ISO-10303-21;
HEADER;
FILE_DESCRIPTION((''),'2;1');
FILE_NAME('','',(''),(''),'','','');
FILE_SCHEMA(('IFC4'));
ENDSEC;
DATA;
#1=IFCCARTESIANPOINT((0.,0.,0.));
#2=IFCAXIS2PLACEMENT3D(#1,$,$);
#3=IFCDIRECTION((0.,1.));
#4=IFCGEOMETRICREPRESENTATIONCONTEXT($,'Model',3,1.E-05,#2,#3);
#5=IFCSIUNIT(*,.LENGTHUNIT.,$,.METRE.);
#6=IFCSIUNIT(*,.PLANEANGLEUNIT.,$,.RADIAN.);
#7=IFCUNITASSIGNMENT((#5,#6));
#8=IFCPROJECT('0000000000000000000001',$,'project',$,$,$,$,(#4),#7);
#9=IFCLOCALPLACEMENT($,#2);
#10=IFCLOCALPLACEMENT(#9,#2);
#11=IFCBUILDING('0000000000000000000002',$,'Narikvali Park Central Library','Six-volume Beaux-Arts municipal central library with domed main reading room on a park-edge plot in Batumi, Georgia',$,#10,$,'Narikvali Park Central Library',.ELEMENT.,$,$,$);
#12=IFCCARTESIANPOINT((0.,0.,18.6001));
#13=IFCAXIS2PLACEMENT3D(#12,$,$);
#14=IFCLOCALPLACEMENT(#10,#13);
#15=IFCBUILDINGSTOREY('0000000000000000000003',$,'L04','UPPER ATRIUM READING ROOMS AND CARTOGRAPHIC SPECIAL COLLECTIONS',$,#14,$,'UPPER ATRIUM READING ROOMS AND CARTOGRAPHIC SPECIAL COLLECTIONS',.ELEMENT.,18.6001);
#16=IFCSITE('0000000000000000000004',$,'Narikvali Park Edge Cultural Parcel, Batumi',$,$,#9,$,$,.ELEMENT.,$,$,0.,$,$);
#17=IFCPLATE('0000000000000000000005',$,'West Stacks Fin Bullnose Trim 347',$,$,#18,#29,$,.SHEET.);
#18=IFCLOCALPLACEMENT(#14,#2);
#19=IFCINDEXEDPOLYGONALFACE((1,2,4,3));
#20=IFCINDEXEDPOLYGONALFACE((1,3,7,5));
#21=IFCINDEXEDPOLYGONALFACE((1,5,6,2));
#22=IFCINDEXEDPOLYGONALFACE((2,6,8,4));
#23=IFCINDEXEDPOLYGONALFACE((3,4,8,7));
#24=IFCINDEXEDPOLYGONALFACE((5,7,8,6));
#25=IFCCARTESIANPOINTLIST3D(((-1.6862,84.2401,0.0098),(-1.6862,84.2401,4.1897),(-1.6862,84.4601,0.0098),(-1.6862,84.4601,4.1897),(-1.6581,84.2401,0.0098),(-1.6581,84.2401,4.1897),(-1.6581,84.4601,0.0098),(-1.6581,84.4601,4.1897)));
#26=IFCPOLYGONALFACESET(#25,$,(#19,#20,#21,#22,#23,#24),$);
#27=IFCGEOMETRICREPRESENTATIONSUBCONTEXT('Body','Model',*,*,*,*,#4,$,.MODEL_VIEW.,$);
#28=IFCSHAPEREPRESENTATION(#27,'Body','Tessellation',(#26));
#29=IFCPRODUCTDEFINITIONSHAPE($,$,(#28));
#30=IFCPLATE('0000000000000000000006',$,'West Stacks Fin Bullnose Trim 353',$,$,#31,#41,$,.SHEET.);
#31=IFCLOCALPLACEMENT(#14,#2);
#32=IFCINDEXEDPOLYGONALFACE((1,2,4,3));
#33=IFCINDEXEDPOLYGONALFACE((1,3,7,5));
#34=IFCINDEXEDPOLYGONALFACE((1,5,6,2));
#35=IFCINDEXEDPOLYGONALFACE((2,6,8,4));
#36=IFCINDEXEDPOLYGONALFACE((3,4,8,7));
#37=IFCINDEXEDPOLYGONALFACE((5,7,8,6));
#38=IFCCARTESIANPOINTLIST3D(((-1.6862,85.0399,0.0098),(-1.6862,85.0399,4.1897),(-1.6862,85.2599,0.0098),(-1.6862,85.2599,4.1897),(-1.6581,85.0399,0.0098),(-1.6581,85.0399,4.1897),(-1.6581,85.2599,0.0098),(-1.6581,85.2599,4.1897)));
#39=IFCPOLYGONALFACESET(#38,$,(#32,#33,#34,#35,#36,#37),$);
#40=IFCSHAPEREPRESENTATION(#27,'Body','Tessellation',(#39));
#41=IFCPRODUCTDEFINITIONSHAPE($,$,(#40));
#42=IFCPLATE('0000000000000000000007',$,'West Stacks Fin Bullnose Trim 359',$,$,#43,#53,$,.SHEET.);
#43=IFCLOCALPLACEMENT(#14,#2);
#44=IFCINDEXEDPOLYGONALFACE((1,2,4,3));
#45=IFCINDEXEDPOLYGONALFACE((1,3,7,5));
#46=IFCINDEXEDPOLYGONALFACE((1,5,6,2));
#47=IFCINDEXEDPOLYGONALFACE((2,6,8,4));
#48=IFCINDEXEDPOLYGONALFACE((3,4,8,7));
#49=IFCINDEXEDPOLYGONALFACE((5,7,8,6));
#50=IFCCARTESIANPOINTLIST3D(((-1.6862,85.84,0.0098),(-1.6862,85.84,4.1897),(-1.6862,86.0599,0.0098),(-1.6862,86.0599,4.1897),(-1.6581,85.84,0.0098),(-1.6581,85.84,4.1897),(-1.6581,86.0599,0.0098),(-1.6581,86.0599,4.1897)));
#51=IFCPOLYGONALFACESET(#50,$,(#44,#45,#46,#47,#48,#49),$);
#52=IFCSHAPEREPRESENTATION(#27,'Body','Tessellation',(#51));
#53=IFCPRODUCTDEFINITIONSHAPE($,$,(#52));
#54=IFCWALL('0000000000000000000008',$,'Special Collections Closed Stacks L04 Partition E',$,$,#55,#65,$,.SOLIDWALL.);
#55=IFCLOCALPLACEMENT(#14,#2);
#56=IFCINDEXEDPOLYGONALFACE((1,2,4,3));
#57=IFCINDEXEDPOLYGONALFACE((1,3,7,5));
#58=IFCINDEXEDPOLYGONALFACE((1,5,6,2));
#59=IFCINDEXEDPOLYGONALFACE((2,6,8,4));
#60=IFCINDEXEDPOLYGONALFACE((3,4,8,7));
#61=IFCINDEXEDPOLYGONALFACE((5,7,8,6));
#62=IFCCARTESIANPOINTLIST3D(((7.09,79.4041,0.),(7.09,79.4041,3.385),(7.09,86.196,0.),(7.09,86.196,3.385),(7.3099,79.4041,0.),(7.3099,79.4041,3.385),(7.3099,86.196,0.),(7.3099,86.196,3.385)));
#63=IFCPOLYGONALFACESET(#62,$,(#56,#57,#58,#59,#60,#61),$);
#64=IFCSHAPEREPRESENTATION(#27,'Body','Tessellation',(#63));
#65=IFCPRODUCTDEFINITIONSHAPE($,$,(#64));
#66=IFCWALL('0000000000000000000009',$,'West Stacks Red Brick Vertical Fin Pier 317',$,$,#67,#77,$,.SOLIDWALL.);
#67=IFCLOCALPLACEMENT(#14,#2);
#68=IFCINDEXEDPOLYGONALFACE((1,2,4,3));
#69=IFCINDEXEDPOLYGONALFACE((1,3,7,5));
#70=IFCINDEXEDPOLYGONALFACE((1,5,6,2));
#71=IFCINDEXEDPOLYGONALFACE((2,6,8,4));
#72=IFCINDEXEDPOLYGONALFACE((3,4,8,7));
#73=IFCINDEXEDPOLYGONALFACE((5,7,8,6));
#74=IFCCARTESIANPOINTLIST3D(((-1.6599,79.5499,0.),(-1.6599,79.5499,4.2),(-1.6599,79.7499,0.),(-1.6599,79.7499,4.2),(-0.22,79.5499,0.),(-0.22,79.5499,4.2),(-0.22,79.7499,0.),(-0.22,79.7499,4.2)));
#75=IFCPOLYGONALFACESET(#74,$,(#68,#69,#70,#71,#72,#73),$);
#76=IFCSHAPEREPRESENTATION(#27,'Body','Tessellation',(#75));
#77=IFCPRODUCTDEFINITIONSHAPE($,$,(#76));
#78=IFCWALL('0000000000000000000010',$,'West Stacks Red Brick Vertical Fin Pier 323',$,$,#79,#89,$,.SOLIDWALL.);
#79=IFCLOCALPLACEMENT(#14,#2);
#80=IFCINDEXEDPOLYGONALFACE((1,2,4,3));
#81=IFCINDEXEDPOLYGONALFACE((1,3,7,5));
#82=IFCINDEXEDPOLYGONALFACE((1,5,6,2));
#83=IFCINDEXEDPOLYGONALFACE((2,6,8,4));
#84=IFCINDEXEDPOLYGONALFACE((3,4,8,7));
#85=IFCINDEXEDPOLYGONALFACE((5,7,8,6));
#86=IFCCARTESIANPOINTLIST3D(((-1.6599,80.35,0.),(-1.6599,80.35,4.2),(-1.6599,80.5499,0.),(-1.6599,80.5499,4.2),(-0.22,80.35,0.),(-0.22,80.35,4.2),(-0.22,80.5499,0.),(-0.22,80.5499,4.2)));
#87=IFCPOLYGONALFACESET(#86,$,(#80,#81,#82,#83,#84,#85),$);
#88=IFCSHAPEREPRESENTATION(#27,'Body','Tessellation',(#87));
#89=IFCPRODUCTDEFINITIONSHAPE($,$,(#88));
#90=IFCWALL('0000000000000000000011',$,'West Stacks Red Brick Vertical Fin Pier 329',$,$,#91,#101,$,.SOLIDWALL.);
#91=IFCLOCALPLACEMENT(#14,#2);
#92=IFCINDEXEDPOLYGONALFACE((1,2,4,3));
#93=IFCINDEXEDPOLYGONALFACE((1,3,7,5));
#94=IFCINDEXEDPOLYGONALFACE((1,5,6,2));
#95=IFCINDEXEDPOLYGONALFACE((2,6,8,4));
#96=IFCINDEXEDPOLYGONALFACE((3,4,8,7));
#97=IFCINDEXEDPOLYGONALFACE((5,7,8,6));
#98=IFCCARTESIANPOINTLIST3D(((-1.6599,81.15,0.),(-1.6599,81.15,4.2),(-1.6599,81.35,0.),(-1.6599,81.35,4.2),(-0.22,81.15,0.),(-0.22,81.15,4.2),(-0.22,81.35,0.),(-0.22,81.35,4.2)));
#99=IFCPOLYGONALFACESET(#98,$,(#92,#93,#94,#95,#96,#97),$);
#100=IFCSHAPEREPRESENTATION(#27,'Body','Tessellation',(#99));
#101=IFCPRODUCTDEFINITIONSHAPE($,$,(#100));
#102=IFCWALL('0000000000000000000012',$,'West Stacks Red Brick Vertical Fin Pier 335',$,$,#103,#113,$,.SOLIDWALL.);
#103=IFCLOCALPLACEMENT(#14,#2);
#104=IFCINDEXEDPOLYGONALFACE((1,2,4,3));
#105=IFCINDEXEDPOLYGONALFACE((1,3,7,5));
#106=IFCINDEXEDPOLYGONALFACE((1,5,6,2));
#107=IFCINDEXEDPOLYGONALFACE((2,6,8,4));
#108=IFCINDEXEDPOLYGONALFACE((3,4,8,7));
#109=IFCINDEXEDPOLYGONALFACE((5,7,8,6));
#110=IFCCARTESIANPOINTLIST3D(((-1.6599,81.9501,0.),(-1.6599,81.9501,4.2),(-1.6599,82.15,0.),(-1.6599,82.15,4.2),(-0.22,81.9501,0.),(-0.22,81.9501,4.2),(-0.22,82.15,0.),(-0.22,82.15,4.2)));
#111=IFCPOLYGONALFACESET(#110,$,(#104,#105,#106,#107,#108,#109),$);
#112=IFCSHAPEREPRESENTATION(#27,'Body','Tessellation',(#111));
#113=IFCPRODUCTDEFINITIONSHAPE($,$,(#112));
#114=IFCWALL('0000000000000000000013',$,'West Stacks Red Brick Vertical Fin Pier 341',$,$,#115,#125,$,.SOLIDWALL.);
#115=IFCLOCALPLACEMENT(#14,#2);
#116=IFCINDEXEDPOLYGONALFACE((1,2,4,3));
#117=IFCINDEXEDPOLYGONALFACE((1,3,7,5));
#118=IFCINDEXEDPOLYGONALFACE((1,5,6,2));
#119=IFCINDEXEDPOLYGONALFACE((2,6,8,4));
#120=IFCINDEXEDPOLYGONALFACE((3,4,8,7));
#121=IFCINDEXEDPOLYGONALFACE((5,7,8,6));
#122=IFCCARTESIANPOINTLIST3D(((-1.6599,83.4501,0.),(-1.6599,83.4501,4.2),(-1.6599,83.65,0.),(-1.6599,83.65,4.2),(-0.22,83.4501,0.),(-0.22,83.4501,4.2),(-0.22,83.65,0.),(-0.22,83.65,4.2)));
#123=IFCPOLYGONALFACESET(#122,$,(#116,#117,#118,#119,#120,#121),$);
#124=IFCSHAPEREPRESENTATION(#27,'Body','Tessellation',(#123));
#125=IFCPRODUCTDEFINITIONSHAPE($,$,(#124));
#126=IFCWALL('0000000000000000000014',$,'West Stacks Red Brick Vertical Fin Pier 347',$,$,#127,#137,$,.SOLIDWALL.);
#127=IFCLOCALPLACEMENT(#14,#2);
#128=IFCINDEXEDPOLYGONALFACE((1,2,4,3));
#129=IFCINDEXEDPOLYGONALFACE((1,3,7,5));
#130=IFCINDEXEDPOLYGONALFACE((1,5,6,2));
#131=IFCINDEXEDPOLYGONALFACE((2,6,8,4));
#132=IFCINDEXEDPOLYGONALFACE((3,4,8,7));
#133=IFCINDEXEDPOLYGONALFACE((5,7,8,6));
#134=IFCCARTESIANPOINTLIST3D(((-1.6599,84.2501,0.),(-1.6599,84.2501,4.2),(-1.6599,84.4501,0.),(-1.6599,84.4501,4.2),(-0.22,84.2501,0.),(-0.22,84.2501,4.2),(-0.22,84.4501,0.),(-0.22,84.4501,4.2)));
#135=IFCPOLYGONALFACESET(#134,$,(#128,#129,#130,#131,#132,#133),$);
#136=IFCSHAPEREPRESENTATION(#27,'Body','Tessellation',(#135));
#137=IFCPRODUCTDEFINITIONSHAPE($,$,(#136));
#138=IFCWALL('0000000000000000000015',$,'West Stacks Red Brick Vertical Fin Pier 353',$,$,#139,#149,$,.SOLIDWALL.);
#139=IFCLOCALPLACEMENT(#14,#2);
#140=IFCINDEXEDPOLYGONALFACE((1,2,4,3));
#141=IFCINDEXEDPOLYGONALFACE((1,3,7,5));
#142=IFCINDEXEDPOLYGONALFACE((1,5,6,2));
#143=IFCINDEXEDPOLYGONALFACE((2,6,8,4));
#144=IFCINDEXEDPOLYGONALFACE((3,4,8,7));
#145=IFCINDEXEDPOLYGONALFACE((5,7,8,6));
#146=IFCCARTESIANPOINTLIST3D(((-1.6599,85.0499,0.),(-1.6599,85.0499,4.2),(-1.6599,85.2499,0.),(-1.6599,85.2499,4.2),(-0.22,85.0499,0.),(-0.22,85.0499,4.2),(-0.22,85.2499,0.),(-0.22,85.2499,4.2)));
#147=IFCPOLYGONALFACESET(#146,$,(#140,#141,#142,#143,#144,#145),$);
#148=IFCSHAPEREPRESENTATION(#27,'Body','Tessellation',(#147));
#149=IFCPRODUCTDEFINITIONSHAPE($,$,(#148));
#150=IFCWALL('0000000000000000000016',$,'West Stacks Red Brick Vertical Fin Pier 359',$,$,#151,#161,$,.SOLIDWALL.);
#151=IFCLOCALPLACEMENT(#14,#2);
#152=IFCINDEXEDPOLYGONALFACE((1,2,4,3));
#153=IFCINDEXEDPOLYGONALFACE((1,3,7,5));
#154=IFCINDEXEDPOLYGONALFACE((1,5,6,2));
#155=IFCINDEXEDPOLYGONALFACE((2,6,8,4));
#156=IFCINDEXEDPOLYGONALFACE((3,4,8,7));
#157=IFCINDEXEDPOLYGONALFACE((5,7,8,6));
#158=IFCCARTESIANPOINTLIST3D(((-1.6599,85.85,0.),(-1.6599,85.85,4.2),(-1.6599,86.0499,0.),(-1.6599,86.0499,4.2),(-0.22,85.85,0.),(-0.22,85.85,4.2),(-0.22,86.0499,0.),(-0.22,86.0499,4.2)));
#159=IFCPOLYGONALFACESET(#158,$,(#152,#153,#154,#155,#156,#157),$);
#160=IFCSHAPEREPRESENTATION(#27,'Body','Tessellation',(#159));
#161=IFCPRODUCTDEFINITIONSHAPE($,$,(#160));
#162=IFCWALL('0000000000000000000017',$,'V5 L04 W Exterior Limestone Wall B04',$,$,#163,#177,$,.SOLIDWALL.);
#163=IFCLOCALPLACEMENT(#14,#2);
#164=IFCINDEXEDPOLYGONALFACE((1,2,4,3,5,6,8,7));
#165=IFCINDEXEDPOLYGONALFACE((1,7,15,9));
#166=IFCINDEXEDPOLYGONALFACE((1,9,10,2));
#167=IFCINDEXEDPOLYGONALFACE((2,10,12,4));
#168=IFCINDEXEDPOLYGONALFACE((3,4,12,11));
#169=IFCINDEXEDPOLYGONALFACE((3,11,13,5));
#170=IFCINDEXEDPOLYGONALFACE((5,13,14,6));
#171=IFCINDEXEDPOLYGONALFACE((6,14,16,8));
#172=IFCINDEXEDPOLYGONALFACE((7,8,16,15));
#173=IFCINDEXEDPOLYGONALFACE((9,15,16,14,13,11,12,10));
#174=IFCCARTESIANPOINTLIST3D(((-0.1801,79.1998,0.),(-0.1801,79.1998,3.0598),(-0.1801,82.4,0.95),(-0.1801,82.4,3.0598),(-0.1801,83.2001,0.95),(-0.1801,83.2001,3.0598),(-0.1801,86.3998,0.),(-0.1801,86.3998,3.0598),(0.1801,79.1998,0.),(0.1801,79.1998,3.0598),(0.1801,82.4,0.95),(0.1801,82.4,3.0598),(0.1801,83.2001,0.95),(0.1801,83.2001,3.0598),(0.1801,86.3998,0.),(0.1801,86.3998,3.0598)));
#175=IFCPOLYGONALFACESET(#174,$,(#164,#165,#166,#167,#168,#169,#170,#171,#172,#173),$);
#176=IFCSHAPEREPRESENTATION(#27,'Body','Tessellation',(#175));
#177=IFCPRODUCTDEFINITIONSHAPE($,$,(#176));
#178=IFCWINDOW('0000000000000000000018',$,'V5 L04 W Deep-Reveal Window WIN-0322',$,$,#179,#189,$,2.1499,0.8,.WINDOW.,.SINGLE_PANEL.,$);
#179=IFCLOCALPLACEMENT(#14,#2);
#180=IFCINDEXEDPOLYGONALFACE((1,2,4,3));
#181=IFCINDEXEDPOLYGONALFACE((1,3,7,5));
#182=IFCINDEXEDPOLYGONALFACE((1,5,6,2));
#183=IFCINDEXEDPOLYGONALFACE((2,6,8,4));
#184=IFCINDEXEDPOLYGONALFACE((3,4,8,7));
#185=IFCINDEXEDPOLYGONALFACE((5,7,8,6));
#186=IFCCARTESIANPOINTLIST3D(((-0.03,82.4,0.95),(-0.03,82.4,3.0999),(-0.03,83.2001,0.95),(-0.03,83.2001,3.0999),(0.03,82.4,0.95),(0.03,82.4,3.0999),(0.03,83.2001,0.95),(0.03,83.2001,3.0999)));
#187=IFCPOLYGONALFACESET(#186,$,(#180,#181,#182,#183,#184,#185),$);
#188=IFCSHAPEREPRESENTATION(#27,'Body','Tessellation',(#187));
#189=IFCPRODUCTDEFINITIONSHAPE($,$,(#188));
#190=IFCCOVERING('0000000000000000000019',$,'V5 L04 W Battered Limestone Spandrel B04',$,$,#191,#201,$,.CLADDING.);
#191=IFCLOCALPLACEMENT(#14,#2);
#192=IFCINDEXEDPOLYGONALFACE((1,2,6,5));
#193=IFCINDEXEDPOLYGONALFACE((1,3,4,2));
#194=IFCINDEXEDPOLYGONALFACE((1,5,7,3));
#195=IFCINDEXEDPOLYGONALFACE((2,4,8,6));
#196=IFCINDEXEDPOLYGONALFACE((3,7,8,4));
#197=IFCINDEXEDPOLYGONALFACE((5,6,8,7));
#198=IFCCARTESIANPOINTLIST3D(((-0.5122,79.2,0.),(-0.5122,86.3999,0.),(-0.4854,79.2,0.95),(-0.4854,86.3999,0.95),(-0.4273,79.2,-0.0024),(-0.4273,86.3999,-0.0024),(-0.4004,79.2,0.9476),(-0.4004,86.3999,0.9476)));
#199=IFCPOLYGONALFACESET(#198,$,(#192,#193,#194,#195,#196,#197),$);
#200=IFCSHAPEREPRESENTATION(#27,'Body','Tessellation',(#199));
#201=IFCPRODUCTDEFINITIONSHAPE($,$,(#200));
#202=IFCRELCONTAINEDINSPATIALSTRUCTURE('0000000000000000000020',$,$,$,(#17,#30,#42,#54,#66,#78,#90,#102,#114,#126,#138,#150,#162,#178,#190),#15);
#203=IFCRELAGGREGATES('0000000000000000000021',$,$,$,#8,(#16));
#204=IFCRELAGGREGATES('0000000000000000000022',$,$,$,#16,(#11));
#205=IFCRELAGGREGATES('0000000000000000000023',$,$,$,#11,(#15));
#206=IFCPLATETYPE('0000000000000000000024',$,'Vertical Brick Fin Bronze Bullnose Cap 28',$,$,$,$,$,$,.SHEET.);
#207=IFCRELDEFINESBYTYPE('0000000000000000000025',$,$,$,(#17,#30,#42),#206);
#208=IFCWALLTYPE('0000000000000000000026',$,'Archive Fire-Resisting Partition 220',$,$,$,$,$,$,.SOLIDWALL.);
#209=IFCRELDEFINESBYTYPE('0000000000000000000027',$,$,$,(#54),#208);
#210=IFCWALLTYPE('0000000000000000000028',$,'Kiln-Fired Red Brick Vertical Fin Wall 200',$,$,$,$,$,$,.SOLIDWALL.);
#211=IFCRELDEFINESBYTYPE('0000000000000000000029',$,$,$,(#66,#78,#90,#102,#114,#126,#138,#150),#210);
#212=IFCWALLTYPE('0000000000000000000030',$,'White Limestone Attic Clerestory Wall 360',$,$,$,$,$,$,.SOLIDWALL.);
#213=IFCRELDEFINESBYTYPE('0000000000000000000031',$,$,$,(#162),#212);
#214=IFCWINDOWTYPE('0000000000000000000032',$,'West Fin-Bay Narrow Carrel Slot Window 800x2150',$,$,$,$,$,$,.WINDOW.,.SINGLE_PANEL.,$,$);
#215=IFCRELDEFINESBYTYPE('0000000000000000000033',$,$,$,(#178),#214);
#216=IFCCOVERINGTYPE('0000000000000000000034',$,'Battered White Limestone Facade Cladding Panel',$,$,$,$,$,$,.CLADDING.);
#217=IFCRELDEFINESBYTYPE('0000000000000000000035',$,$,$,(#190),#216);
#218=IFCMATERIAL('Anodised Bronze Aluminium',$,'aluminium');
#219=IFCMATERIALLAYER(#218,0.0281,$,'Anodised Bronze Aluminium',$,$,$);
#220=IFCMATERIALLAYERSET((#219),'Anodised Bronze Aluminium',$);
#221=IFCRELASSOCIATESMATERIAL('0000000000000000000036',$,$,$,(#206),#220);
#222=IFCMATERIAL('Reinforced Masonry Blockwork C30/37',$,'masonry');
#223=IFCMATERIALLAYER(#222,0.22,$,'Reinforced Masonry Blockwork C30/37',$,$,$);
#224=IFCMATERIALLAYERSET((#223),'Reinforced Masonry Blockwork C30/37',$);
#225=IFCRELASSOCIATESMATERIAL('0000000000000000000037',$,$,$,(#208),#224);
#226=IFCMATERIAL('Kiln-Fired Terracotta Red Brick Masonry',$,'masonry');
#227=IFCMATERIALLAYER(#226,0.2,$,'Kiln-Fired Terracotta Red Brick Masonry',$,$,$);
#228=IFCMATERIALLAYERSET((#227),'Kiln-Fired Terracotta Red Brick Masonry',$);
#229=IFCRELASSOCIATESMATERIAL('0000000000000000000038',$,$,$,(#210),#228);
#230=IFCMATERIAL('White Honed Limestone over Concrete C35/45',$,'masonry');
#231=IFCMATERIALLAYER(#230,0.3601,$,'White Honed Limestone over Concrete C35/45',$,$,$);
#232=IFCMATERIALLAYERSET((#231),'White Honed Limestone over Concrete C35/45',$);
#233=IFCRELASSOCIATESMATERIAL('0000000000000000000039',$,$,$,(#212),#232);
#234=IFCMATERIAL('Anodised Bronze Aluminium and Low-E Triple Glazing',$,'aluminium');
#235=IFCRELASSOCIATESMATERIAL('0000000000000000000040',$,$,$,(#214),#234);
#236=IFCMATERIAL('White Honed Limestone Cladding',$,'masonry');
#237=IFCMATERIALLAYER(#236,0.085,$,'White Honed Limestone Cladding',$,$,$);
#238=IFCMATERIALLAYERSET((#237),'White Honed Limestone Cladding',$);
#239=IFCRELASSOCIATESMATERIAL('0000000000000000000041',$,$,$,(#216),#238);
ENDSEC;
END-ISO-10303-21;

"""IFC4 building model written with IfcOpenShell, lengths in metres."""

from ifc_helpers import new_model, si_unit, direction, frame, frame_2d, origin, origin_2d, place, context, subcontext, project, spatial, polyline, rectangle, outline, extrude, material, layer, layer_set, type_object, element, fill, save


model = new_model("IFC4")

# Units and contexts
model_context = context("Model", 3, precision=1e-05, world=origin(), true_north=direction((0.0, 1.0)))
body_context = subcontext(model_context, "Body", "Model", "MODEL_VIEW")
ifc_project = project(units=[si_unit("LENGTHUNIT", "METRE"), si_unit("PLANEANGLEUNIT", "RADIAN")], contexts=[model_context])

# Site, building, storey
site_placement = place(None, origin())
site = spatial("IfcSite", under=ifc_project, at=site_placement, Name="Narikvali Park Edge Cultural Parcel, Batumi", CompositionType="ELEMENT", RefElevation=0.0)
building_placement = place(site_placement, origin())
building = spatial("IfcBuilding", under=site, at=building_placement, Name="Narikvali Park Central Library", Description="Six-volume Beaux-Arts municipal central library with domed main reading room on a park-edge plot in Batumi, Georgia", LongName="Narikvali Park Central Library", CompositionType="ELEMENT")
storey_placement = place(building_placement, frame((0.0, 0.0, 18.6001)))
storey = spatial("IfcBuildingStorey", under=building, at=storey_placement, Name="L04", Description="UPPER ATRIUM READING ROOMS AND CARTOGRAPHIC SPECIAL COLLECTIONS", LongName="UPPER ATRIUM READING ROOMS AND CARTOGRAPHIC SPECIAL COLLECTIONS", CompositionType="ELEMENT", Elevation=18.6001)

# Plates
ifc_material_1 = material(Name="Anodised Bronze Aluminium", Category="aluminium")
ifc_layer_1 = layer(ifc_material_1, 0.0281, Name="Anodised Bronze Aluminium")
ifc_layer_set_1 = layer_set([ifc_layer_1], Name="Anodised Bronze Aluminium")
plate_type = type_object("IfcPlateType", Name="Vertical Brick Fin Bronze Bullnose Cap 28", PredefinedType="SHEET", material=ifc_layer_set_1)
for number, where, z_axis, x_axis, name in (
    (1, (-1.6721, 84.3501, 0.0098), (0.0, 0.0, 1.0), (1.0, 0.0, 0.0), "West Stacks Fin Bullnose Trim 347"),
    (2, (-1.6721, 85.1499, 0.0098), (0.0, 0.0, 1.0), (1.0, 0.0, 0.0), "West Stacks Fin Bullnose Trim 353"),
    (3, (-1.6721, 85.95, 0.0098), (0.0, 0.0, 1.0), (1.0, 0.0, 0.0), "West Stacks Fin Bullnose Trim 359"),
):
    element("IfcPlate", number, at=place(storey_placement, frame(where, z_axis=z_axis, x_axis=x_axis)), inside=storey, type_object=plate_type, Name=name, PredefinedType="SHEET", context=body_context, shape_type="SweptSolid", body=[
        extrude(rectangle(XDim=0.0281, YDim=0.22, at=origin_2d()), origin(), (0.0, 0.0, 1.0), 4.1799),
    ])

# Walls
ifc_material_2 = material(Name="Reinforced Masonry Blockwork C30/37", Category="masonry")
ifc_layer_2 = layer(ifc_material_2, 0.22, Name="Reinforced Masonry Blockwork C30/37")
ifc_layer_set_2 = layer_set([ifc_layer_2], Name="Reinforced Masonry Blockwork C30/37")
wall_type_1 = type_object("IfcWallType", Name="Archive Fire-Resisting Partition 220", PredefinedType="SOLIDWALL", material=ifc_layer_set_2)
wall_1_placement = place(storey_placement, frame((7.2, 79.4041, 0.0), z_axis=(0.0, 0.0, 1.0), x_axis=(0.0, 1.0, 0.0)))
element("IfcWall", 4, at=wall_1_placement, inside=storey, type_object=wall_type_1, Name="Special Collections Closed Stacks L04 Partition E", PredefinedType="SOLIDWALL", context=body_context, shape_type="SweptSolid", body=[
    extrude(rectangle(XDim=6.792, YDim=0.22, at=frame_2d((3.396, 0.0))), origin(), (0.0, 0.0, 1.0), 3.385),
])
ifc_material_3 = material(Name="Kiln-Fired Terracotta Red Brick Masonry", Category="masonry")
ifc_layer_3 = layer(ifc_material_3, 0.2, Name="Kiln-Fired Terracotta Red Brick Masonry")
ifc_layer_set_3 = layer_set([ifc_layer_3], Name="Kiln-Fired Terracotta Red Brick Masonry")
wall_type_2 = type_object("IfcWallType", Name="Kiln-Fired Red Brick Vertical Fin Wall 200", PredefinedType="SOLIDWALL", material=ifc_layer_set_3)
for number, where, z_axis, x_axis, name in (
    (5, (-1.6599, 79.6499, 0.0), (0.0, 0.0, 1.0), (1.0, 0.0, 0.0), "West Stacks Red Brick Vertical Fin Pier 317"),
    (6, (-1.6599, 80.45, 0.0), (0.0, 0.0, 1.0), (1.0, 0.0, 0.0), "West Stacks Red Brick Vertical Fin Pier 323"),
    (7, (-1.6599, 81.25, 0.0), (0.0, 0.0, 1.0), (1.0, 0.0, 0.0), "West Stacks Red Brick Vertical Fin Pier 329"),
    (8, (-1.6599, 82.05, 0.0), (0.0, 0.0, 1.0), (1.0, 0.0, 0.0), "West Stacks Red Brick Vertical Fin Pier 335"),
    (9, (-1.6599, 83.55, 0.0), (0.0, 0.0, 1.0), (1.0, 0.0, 0.0), "West Stacks Red Brick Vertical Fin Pier 341"),
    (10, (-1.6599, 84.3501, 0.0), (0.0, 0.0, 1.0), (1.0, 0.0, 0.0), "West Stacks Red Brick Vertical Fin Pier 347"),
    (11, (-1.6599, 85.1499, 0.0), (0.0, 0.0, 1.0), (1.0, 0.0, 0.0), "West Stacks Red Brick Vertical Fin Pier 353"),
    (12, (-1.6599, 85.95, 0.0), (0.0, 0.0, 1.0), (1.0, 0.0, 0.0), "West Stacks Red Brick Vertical Fin Pier 359"),
):
    element("IfcWall", number, at=place(storey_placement, frame(where, z_axis=z_axis, x_axis=x_axis)), inside=storey, type_object=wall_type_2, Name=name, PredefinedType="SOLIDWALL", context=body_context, shape_type="SweptSolid", body=[
        extrude(rectangle(XDim=1.4399, YDim=0.2, at=frame_2d((0.72, 0.0))), origin(), (0.0, 0.0, 1.0), 4.2),
    ])

# Wall, opening, window
ifc_material_4 = material(Name="White Honed Limestone over Concrete C35/45", Category="masonry")
ifc_layer_4 = layer(ifc_material_4, 0.3601, Name="White Honed Limestone over Concrete C35/45")
ifc_layer_set_4 = layer_set([ifc_layer_4], Name="White Honed Limestone over Concrete C35/45")
wall_type_3 = type_object("IfcWallType", Name="White Limestone Attic Clerestory Wall 360", PredefinedType="SOLIDWALL", material=ifc_layer_set_4)
wall_2_placement = place(storey_placement, frame((0.0, 86.3999, 0.0), z_axis=(0.0, 0.0, 1.0), x_axis=(0.0, -1.0, 0.0)))
wall_2 = element("IfcWall", 13, at=wall_2_placement, inside=storey, type_object=wall_type_3, Name="V5 L04 W Exterior Limestone Wall B04", PredefinedType="SOLIDWALL", context=body_context, shape_type="SweptSolid", body=[
    extrude(rectangle(XDim=7.2, YDim=0.3601, at=frame_2d((3.6001, 0.0))), origin(), (0.0, 0.0, 1.0), 3.0598),
])
opening_placement = place(wall_2_placement, frame((3.2, 0.0, 0.95)))
opening = element("IfcOpeningElement", 14, at=opening_placement, cuts=wall_2, PredefinedType="OPENING", context=body_context, shape_type="SweptSolid", body=[
    extrude(rectangle(XDim=0.8, YDim=2.1499, at=frame_2d((0.3999, 1.075))), frame((0.0, 0.1919, 0.0), z_axis=(0.0, -1.0, 0.0), x_axis=(1.0, 0.0, 0.0)), (0.0, 0.0, 1.0), 0.384),
])
ifc_material_5 = material(Name="Anodised Bronze Aluminium and Low-E Triple Glazing", Category="aluminium")
window_type = type_object("IfcWindowType", Name="West Fin-Bay Narrow Carrel Slot Window 800x2150", PartitioningType="SINGLE_PANEL", PredefinedType="WINDOW", material=ifc_material_5)
window_placement = place(opening_placement, origin())
window = element("IfcWindow", 15, at=window_placement, inside=storey, type_object=window_type, Name="V5 L04 W Deep-Reveal Window WIN-0322", OverallHeight=2.1499, OverallWidth=0.8, PartitioningType="SINGLE_PANEL", PredefinedType="WINDOW", context=body_context, shape_type="SweptSolid", body=[
    extrude(rectangle(XDim=0.8, YDim=2.1499, at=frame_2d((0.3999, 1.075))), frame((0.0, 0.03, 0.0), z_axis=(0.0, -1.0, 0.0), x_axis=(1.0, 0.0, 0.0)), (0.0, 0.0, 1.0), 0.0601),
])
fill(opening, window)

# Covering
ifc_material_6 = material(Name="White Honed Limestone Cladding", Category="masonry")
ifc_layer_5 = layer(ifc_material_6, 0.085, Name="White Honed Limestone Cladding")
ifc_layer_set_5 = layer_set([ifc_layer_5], Name="White Honed Limestone Cladding")
covering_type = type_object("IfcCoveringType", Name="Battered White Limestone Facade Cladding Panel", PredefinedType="CLADDING", material=ifc_layer_set_5)
covering_1_placement = place(storey_placement, frame((-0.5122, 86.3999, 0.0), z_axis=(-0.999601, 0.0, 0.028259), x_axis=(0.0, -1.0, 0.0)))
element("IfcCovering", 16, at=covering_1_placement, inside=storey, type_object=covering_type, Name="V5 L04 W Battered Limestone Spandrel B04", PredefinedType="CLADDING", context=body_context, shape_type="SweptSolid", body=[
    extrude(outline(polyline([(0.0, 0.0), (7.2, 0.0), (7.2, 0.9503), (0.0, 0.9503), (0.0, 0.0)])), origin(), (0.0, 0.0, -1.0), 0.085),
])

save(model, "model.ifc")
